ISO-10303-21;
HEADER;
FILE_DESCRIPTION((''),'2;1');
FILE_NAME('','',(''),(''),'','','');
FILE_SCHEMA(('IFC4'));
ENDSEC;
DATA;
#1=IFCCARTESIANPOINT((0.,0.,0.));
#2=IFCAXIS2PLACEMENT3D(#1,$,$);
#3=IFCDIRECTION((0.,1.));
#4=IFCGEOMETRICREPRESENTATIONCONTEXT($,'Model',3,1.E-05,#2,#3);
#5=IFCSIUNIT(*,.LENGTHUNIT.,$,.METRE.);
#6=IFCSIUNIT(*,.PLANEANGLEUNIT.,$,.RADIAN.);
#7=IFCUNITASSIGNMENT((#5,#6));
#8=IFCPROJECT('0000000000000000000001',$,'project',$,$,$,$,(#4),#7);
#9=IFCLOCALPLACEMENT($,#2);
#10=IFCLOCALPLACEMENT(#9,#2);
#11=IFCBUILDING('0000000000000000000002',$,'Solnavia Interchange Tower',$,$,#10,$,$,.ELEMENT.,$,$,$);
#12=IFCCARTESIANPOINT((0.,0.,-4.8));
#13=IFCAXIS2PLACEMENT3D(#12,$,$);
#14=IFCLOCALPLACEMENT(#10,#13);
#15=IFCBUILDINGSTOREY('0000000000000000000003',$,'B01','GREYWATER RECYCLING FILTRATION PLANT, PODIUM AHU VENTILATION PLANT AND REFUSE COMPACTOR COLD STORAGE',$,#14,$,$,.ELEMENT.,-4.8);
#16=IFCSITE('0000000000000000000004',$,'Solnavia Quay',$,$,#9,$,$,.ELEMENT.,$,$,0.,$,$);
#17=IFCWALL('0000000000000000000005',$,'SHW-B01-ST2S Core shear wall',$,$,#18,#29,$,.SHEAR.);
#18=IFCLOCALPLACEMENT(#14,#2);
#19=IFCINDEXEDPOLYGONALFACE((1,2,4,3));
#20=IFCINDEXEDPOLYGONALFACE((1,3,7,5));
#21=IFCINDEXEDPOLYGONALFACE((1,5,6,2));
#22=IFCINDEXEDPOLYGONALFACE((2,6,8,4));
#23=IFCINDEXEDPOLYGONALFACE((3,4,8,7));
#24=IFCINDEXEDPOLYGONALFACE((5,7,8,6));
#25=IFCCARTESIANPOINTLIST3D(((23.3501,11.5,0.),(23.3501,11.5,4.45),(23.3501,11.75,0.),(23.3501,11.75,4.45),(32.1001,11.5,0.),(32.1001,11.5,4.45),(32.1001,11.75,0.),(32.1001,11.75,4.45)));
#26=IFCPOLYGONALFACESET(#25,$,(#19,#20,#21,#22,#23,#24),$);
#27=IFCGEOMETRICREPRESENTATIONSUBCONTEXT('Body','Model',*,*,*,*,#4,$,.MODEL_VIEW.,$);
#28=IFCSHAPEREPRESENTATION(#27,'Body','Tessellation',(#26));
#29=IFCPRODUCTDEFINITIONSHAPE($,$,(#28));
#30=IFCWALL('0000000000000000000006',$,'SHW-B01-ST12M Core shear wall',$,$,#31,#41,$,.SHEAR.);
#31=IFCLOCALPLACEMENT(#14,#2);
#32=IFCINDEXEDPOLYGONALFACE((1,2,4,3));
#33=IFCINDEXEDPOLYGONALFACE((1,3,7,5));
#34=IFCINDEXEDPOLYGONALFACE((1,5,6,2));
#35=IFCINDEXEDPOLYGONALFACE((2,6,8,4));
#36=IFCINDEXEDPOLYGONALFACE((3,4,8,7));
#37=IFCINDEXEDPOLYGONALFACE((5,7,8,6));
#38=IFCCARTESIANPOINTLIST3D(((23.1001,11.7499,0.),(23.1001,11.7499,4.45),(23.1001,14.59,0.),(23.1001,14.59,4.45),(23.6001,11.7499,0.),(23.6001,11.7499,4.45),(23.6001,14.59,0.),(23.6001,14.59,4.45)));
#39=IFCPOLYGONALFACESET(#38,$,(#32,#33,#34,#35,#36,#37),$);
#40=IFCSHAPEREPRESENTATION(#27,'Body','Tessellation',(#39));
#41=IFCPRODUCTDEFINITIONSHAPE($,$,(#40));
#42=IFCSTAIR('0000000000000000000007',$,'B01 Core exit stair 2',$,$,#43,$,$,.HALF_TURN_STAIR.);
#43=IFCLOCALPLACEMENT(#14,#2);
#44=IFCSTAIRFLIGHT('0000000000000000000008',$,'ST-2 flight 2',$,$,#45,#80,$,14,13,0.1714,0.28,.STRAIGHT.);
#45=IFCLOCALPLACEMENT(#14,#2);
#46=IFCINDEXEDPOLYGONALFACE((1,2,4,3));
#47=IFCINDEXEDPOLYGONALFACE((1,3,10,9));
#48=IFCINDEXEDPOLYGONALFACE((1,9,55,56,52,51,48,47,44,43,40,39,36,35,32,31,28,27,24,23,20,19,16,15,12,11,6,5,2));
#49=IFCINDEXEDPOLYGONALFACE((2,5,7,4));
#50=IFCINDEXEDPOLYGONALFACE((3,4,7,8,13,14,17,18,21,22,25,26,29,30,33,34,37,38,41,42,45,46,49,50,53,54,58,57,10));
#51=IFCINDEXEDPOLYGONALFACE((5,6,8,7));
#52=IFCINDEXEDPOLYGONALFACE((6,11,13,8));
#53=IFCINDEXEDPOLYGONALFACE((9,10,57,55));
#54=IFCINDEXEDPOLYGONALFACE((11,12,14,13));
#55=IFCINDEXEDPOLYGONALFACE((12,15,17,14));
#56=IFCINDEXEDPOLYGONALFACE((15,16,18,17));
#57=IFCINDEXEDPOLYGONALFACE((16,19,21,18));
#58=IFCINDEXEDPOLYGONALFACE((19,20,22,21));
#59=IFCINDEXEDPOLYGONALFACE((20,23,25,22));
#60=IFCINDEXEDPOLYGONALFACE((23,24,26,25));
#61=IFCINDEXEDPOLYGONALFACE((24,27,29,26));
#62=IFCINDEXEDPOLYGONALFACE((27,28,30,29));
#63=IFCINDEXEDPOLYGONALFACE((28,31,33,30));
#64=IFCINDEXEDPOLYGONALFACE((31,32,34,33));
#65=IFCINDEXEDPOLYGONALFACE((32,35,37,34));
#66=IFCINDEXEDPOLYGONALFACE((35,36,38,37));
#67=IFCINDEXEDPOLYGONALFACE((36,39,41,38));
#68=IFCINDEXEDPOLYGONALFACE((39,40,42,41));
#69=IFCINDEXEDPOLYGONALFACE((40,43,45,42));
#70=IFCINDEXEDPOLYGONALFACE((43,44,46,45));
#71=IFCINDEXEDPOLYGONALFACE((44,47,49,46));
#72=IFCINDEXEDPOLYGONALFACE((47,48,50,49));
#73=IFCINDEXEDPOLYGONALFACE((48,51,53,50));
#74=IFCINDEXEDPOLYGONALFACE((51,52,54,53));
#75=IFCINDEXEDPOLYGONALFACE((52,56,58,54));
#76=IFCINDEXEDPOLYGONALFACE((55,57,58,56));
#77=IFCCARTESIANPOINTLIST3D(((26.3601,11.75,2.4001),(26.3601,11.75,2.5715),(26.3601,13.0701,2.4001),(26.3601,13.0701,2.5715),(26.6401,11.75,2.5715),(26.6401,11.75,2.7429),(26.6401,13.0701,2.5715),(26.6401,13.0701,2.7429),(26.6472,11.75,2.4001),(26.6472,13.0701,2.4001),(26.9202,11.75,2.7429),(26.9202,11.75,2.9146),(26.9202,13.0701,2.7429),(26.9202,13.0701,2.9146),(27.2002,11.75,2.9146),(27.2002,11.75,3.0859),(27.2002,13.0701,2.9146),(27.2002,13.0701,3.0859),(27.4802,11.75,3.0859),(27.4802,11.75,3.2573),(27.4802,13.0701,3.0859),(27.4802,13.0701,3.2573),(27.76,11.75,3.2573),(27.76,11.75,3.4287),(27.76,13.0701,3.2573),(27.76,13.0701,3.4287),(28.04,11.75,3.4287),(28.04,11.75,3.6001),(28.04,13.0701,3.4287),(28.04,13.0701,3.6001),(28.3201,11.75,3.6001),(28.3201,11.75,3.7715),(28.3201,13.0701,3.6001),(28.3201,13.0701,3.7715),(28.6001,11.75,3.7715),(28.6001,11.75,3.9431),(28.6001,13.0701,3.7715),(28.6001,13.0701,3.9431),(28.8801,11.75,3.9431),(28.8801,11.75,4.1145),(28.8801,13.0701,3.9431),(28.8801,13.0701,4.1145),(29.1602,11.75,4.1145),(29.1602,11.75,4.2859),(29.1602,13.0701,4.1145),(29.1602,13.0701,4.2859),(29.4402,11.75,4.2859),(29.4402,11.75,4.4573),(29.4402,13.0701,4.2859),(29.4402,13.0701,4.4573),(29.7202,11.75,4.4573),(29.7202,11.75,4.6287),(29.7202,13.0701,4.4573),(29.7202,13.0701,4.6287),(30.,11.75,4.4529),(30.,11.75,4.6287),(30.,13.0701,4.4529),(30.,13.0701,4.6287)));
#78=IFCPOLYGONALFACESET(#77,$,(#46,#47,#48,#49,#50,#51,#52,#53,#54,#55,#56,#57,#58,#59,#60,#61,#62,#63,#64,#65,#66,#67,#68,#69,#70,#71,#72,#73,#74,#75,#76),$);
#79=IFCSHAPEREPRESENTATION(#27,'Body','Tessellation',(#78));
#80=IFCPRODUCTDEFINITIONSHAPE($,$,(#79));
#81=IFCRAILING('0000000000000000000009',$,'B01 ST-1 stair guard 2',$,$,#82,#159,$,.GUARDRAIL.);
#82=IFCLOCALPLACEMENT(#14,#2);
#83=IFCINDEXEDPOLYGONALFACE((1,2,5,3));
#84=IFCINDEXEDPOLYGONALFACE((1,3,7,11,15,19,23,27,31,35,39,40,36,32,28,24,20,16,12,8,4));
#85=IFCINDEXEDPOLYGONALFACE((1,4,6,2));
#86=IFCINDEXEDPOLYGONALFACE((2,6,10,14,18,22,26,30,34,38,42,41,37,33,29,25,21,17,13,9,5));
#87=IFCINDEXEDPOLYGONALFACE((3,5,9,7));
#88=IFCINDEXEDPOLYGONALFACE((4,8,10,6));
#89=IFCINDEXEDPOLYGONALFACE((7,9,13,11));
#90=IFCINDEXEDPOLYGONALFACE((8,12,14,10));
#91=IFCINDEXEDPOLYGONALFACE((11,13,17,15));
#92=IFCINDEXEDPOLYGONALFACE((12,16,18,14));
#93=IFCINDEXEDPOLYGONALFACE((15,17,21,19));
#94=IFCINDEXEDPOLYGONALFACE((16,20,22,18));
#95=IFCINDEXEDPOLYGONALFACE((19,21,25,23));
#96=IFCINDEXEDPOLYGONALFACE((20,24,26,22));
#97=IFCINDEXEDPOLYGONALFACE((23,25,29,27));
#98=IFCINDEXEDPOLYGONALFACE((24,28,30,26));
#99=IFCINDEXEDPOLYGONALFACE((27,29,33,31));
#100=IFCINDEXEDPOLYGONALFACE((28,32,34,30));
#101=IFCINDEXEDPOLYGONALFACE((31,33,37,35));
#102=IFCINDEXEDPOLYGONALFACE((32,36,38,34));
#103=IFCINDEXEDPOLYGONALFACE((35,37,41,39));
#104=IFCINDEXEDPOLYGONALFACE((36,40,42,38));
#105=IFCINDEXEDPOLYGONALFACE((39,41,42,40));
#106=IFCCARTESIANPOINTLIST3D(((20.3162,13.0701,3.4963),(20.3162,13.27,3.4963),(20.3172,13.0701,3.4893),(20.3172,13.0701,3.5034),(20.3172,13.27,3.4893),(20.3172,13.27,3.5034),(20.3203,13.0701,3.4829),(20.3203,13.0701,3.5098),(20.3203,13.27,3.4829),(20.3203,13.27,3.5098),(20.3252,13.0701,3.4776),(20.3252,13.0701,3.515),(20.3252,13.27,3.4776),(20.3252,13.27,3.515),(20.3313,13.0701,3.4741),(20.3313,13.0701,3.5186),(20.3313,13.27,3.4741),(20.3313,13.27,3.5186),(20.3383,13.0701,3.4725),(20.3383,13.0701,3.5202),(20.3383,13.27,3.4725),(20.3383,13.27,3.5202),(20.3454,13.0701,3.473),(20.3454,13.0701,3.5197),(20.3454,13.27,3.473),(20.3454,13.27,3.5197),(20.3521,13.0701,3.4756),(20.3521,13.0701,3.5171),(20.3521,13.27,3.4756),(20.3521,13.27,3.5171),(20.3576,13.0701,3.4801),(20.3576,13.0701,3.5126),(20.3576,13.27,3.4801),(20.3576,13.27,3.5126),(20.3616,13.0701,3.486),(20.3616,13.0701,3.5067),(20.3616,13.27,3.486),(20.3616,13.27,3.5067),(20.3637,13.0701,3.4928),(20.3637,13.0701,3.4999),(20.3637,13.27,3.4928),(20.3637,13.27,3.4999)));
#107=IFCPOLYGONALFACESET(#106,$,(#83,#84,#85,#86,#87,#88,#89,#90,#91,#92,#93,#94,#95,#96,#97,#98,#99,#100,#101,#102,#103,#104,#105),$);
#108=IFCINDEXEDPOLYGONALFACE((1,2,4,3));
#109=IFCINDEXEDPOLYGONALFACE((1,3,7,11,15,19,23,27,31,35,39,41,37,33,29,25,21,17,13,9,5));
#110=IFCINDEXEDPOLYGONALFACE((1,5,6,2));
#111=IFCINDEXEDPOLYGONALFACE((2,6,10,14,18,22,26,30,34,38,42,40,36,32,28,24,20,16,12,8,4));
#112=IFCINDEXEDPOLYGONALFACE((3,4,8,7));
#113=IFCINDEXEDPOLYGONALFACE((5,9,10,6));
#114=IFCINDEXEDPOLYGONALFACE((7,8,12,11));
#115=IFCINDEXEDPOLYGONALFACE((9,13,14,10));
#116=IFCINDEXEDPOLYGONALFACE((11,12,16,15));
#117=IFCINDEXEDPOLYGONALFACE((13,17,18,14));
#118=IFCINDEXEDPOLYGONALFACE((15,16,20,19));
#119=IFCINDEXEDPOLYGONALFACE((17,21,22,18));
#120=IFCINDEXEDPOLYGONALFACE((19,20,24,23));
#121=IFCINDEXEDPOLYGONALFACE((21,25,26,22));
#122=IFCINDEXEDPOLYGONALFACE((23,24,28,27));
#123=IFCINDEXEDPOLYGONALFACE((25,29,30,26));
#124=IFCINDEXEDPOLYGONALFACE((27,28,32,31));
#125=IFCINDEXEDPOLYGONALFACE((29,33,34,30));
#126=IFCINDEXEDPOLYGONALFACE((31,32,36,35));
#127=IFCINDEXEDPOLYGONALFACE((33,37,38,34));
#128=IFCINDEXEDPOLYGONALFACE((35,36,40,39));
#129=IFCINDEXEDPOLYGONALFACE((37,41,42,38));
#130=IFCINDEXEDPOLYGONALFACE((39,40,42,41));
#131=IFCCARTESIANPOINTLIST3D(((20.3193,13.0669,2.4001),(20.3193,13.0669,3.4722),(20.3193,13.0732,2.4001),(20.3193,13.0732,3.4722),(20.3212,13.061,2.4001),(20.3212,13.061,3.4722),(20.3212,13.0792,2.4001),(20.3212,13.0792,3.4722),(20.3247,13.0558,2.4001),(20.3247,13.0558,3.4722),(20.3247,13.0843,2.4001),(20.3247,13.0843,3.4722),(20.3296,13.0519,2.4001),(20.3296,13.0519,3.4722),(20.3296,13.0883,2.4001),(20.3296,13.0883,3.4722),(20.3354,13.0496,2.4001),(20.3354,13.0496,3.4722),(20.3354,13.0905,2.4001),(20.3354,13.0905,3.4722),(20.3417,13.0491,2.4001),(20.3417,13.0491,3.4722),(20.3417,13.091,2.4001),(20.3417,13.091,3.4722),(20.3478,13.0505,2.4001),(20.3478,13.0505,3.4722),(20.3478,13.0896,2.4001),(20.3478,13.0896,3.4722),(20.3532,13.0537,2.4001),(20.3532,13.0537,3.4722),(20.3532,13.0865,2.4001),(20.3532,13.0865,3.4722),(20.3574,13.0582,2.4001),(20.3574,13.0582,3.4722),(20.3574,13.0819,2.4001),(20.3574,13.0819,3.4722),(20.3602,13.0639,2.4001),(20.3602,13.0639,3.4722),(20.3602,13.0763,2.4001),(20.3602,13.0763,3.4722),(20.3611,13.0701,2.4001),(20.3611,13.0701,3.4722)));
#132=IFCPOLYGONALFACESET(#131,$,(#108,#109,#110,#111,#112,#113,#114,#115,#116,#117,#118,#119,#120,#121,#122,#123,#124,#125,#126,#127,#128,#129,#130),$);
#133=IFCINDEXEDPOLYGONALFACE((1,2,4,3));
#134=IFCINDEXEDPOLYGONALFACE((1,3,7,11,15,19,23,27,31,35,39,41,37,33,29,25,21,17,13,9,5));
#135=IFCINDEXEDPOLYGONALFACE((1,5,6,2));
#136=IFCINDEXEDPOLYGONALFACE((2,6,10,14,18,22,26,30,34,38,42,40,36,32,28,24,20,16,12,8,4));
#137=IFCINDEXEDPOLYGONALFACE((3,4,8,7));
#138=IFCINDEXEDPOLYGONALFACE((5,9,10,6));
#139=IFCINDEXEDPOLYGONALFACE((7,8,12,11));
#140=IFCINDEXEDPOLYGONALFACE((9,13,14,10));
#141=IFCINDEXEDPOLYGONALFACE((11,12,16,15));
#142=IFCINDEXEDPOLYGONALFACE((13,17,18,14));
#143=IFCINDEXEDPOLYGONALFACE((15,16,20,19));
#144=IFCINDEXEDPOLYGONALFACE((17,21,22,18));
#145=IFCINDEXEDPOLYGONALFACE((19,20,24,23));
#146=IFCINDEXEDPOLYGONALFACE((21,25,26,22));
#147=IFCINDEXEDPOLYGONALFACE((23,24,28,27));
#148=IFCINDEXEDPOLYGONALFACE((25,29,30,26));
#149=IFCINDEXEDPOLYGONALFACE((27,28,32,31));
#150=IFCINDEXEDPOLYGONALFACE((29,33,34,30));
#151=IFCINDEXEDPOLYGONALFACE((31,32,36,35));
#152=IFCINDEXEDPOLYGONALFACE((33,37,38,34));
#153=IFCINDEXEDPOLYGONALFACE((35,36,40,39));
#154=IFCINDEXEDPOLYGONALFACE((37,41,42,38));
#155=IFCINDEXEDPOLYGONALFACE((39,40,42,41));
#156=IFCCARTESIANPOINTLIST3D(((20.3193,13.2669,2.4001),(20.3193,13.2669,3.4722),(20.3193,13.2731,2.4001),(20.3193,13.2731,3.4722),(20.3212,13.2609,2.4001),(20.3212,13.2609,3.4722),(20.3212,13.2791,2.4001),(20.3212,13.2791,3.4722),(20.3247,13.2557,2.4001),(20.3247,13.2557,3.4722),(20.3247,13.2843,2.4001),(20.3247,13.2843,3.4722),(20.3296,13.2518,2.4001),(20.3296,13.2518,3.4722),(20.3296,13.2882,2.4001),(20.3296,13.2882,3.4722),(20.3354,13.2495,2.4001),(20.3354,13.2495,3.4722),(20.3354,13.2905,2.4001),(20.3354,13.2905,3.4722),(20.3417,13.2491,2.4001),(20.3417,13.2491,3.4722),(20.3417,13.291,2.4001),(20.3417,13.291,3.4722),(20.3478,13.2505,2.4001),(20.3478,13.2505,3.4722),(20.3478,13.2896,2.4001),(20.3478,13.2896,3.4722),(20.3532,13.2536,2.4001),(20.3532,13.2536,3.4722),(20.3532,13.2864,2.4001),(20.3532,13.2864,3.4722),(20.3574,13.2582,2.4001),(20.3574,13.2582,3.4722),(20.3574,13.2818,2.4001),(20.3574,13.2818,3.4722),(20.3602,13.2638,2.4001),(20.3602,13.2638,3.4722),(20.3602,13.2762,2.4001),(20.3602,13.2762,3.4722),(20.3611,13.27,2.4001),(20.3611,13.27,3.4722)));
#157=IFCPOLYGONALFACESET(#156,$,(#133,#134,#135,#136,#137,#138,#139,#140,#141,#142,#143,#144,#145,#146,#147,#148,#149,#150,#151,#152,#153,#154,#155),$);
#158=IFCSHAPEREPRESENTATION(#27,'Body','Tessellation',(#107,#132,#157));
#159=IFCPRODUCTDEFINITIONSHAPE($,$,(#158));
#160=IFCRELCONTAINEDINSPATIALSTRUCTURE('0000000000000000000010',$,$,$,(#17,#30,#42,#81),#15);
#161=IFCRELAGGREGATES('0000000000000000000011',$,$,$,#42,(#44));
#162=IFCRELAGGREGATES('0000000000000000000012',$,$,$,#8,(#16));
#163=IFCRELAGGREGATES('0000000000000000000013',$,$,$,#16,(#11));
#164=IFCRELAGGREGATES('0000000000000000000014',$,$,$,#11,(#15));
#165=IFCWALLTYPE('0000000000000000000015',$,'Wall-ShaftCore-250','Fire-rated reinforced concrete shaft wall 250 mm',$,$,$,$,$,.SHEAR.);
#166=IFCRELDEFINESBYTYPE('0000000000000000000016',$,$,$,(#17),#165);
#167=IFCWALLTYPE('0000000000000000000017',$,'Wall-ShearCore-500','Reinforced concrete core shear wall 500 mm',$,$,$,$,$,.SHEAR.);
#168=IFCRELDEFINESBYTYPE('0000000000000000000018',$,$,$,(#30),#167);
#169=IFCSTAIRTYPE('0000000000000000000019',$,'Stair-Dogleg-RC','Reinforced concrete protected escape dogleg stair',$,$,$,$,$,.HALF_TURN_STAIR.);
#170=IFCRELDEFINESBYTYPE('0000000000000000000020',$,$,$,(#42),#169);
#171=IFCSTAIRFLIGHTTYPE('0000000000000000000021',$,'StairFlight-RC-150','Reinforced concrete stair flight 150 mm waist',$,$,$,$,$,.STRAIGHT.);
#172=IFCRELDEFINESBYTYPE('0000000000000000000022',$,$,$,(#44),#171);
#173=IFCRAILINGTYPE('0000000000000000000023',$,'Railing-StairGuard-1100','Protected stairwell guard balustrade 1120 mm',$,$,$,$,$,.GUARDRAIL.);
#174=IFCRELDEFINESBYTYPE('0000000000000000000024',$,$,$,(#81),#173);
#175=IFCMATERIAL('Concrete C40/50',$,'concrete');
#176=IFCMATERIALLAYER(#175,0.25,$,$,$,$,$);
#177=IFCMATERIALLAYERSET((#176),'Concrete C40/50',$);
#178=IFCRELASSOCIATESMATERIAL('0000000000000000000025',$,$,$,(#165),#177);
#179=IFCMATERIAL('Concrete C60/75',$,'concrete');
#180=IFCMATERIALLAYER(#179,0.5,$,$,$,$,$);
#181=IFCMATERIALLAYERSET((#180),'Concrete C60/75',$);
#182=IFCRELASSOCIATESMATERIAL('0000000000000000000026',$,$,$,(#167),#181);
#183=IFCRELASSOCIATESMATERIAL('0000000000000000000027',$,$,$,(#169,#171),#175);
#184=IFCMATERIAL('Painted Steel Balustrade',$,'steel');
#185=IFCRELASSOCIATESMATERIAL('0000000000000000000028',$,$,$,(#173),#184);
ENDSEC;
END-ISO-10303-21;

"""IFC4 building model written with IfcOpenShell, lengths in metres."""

from ifc_helpers import new_model, si_unit, direction, frame, frame_2d, origin, origin_2d, place, context, subcontext, project, spatial, polyline, rectangle, circle, outline, extrude, material, layer, layer_set, type_object, element, aggregate, save


model = new_model("IFC4")

# Units and contexts
model_context = context("Model", 3, precision=1e-05, world=origin(), true_north=direction((0.0, 1.0)))
body_context = subcontext(model_context, "Body", "Model", "MODEL_VIEW")
ifc_project = project(units=[si_unit("LENGTHUNIT", "METRE"), si_unit("PLANEANGLEUNIT", "RADIAN")], contexts=[model_context])

# Site, building, storey
site_placement = place(None, origin())
site = spatial("IfcSite", under=ifc_project, at=site_placement, Name="Solnavia Quay", CompositionType="ELEMENT", RefElevation=0.0)
building_placement = place(site_placement, origin())
building = spatial("IfcBuilding", under=site, at=building_placement, Name="Solnavia Interchange Tower", CompositionType="ELEMENT")
storey_placement = place(building_placement, frame((0.0, 0.0, -4.8)))
storey = spatial("IfcBuildingStorey", under=building, at=storey_placement, Name="B01", Description="GREYWATER RECYCLING FILTRATION PLANT, PODIUM AHU VENTILATION PLANT AND REFUSE COMPACTOR COLD STORAGE", CompositionType="ELEMENT", Elevation=-4.8)

# Shared definitions
ifc_material_1 = material(Name="Concrete C60/75", Category="concrete")

# Shared definitions
ifc_material_2 = material(Name="Concrete C40/50", Category="concrete")

# Walls
ifc_layer_1 = layer(ifc_material_2, 0.25)
ifc_layer_set_1 = layer_set([ifc_layer_1], Name="Concrete C40/50")
wall_type_1 = type_object("IfcWallType", Name="Wall-ShaftCore-250", Description="Fire-rated reinforced concrete shaft wall 250 mm", PredefinedType="SHEAR", material=ifc_layer_set_1)
wall_1_placement = place(storey_placement, frame((23.3501, 11.625, 0.0), z_axis=(0.0, 0.0, 1.0), x_axis=(1.0, 0.0, 0.0)))
element("IfcWall", 1, at=wall_1_placement, inside=storey, type_object=wall_type_1, Name="SHW-B01-ST2S Core shear wall", PredefinedType="SHEAR", context=body_context, shape_type="SweptSolid", body=[
    extrude(rectangle(XDim=8.75, YDim=0.25, at=frame_2d((4.375, 0.0))), origin(), (0.0, 0.0, 1.0), 4.45),
])
ifc_layer_2 = layer(ifc_material_1, 0.5)
ifc_layer_set_2 = layer_set([ifc_layer_2], Name="Concrete C60/75")
wall_type_2 = type_object("IfcWallType", Name="Wall-ShearCore-500", Description="Reinforced concrete core shear wall 500 mm", PredefinedType="SHEAR", material=ifc_layer_set_2)
wall_2_placement = place(storey_placement, frame((23.3501, 11.75, 0.0), z_axis=(0.0, 0.0, 1.0), x_axis=(0.0, 1.0, 0.0)))
element("IfcWall", 2, at=wall_2_placement, inside=storey, type_object=wall_type_2, Name="SHW-B01-ST12M Core shear wall", PredefinedType="SHEAR", context=body_context, shape_type="SweptSolid", body=[
    extrude(rectangle(XDim=2.8401, YDim=0.5, at=frame_2d((1.4199, 0.0))), origin(), (0.0, 0.0, 1.0), 4.45),
])

# Stair, stair flight
stair_type = type_object("IfcStairType", Name="Stair-Dogleg-RC", Description="Reinforced concrete protected escape dogleg stair", PredefinedType="HALF_TURN_STAIR", material=ifc_material_2)
stair_placement = place(storey_placement, origin())
stair = element("IfcStair", 3, at=stair_placement, inside=storey, type_object=stair_type, Name="B01 Core exit stair 2", PredefinedType="HALF_TURN_STAIR")
stair_flight_type = type_object("IfcStairFlightType", Name="StairFlight-RC-150", Description="Reinforced concrete stair flight 150 mm waist", PredefinedType="STRAIGHT", material=ifc_material_2)
stair_flight_placement = place(storey_placement, frame((26.3601, 12.4099, 2.4001), z_axis=(0.0, 0.0, 1.0), x_axis=(1.0, 0.0, 0.0)))
stair_flight = element("IfcStairFlight", 4, at=stair_flight_placement, type_object=stair_flight_type, Name="ST-2 flight 2", NumberOfRisers=14, NumberOfTreads=13, PredefinedType="STRAIGHT", RiserHeight=0.1714, TreadLength=0.28, context=body_context, shape_type="SweptSolid", body=[
    extrude(outline(polyline([(0.0, 0.0), (0.0, 0.1714), (0.28, 0.1714), (0.28, 0.3428), (0.5601, 0.3428), (0.5601, 0.5144), (0.8401, 0.5144), (0.8401, 0.6858), (1.1201, 0.6858), (1.1201, 0.8572), (1.3999, 0.8572), (1.3999, 1.0286), (1.6799, 1.0286), (1.6799, 1.2), (1.96, 1.2), (1.96, 1.3713), (2.24, 1.3713), (2.24, 1.543), (2.52, 1.543), (2.52, 1.7144), (2.8, 1.7144), (2.8, 1.8857), (3.0801, 1.8857), (3.0801, 2.0571), (3.3601, 2.0571), (3.3601, 2.2285), (3.6399, 2.2285), (3.6399, 2.3999), (3.6399, 2.0527), (0.2871, 0.0), (0.0, 0.0)])), frame((0.0, 0.6602, 0.0), z_axis=(0.0, -1.0, 0.0), x_axis=(1.0, 0.0, 0.0)), (0.0, 0.0, 1.0), 1.3201),
])
aggregate(stair, [stair_flight])

# Railing
ifc_material_3 = material(Name="Painted Steel Balustrade", Category="steel")
railing_type_1 = type_object("IfcRailingType", Name="Railing-StairGuard-1100", Description="Protected stairwell guard balustrade 1120 mm", PredefinedType="GUARDRAIL", material=ifc_material_3)
railing_1_placement = place(storey_placement, frame((20.3401, 13.0701, 2.4001)))
element("IfcRailing", 5, at=railing_1_placement, inside=storey, type_object=railing_type_1, Name="B01 ST-1 stair guard 2", PredefinedType="GUARDRAIL", context=body_context, shape_type="SweptSolid", body=[
    extrude(circle(Radius=0.0239, at=origin_2d()), frame((0.0, 0.0, 1.0962), z_axis=(0.0, 1.0, 0.0), x_axis=(-1.0, 0.0, 0.0)), (0.0, 0.0, 1.0), 0.2),
    extrude(circle(Radius=0.021, at=origin_2d()), origin(), (0.0, 0.0, 1.0), 1.072),
    extrude(circle(Radius=0.021, at=origin_2d()), frame((0.0, 0.2, 0.0)), (0.0, 0.0, 1.0), 1.072),
])

save(model, "model.ifc")
